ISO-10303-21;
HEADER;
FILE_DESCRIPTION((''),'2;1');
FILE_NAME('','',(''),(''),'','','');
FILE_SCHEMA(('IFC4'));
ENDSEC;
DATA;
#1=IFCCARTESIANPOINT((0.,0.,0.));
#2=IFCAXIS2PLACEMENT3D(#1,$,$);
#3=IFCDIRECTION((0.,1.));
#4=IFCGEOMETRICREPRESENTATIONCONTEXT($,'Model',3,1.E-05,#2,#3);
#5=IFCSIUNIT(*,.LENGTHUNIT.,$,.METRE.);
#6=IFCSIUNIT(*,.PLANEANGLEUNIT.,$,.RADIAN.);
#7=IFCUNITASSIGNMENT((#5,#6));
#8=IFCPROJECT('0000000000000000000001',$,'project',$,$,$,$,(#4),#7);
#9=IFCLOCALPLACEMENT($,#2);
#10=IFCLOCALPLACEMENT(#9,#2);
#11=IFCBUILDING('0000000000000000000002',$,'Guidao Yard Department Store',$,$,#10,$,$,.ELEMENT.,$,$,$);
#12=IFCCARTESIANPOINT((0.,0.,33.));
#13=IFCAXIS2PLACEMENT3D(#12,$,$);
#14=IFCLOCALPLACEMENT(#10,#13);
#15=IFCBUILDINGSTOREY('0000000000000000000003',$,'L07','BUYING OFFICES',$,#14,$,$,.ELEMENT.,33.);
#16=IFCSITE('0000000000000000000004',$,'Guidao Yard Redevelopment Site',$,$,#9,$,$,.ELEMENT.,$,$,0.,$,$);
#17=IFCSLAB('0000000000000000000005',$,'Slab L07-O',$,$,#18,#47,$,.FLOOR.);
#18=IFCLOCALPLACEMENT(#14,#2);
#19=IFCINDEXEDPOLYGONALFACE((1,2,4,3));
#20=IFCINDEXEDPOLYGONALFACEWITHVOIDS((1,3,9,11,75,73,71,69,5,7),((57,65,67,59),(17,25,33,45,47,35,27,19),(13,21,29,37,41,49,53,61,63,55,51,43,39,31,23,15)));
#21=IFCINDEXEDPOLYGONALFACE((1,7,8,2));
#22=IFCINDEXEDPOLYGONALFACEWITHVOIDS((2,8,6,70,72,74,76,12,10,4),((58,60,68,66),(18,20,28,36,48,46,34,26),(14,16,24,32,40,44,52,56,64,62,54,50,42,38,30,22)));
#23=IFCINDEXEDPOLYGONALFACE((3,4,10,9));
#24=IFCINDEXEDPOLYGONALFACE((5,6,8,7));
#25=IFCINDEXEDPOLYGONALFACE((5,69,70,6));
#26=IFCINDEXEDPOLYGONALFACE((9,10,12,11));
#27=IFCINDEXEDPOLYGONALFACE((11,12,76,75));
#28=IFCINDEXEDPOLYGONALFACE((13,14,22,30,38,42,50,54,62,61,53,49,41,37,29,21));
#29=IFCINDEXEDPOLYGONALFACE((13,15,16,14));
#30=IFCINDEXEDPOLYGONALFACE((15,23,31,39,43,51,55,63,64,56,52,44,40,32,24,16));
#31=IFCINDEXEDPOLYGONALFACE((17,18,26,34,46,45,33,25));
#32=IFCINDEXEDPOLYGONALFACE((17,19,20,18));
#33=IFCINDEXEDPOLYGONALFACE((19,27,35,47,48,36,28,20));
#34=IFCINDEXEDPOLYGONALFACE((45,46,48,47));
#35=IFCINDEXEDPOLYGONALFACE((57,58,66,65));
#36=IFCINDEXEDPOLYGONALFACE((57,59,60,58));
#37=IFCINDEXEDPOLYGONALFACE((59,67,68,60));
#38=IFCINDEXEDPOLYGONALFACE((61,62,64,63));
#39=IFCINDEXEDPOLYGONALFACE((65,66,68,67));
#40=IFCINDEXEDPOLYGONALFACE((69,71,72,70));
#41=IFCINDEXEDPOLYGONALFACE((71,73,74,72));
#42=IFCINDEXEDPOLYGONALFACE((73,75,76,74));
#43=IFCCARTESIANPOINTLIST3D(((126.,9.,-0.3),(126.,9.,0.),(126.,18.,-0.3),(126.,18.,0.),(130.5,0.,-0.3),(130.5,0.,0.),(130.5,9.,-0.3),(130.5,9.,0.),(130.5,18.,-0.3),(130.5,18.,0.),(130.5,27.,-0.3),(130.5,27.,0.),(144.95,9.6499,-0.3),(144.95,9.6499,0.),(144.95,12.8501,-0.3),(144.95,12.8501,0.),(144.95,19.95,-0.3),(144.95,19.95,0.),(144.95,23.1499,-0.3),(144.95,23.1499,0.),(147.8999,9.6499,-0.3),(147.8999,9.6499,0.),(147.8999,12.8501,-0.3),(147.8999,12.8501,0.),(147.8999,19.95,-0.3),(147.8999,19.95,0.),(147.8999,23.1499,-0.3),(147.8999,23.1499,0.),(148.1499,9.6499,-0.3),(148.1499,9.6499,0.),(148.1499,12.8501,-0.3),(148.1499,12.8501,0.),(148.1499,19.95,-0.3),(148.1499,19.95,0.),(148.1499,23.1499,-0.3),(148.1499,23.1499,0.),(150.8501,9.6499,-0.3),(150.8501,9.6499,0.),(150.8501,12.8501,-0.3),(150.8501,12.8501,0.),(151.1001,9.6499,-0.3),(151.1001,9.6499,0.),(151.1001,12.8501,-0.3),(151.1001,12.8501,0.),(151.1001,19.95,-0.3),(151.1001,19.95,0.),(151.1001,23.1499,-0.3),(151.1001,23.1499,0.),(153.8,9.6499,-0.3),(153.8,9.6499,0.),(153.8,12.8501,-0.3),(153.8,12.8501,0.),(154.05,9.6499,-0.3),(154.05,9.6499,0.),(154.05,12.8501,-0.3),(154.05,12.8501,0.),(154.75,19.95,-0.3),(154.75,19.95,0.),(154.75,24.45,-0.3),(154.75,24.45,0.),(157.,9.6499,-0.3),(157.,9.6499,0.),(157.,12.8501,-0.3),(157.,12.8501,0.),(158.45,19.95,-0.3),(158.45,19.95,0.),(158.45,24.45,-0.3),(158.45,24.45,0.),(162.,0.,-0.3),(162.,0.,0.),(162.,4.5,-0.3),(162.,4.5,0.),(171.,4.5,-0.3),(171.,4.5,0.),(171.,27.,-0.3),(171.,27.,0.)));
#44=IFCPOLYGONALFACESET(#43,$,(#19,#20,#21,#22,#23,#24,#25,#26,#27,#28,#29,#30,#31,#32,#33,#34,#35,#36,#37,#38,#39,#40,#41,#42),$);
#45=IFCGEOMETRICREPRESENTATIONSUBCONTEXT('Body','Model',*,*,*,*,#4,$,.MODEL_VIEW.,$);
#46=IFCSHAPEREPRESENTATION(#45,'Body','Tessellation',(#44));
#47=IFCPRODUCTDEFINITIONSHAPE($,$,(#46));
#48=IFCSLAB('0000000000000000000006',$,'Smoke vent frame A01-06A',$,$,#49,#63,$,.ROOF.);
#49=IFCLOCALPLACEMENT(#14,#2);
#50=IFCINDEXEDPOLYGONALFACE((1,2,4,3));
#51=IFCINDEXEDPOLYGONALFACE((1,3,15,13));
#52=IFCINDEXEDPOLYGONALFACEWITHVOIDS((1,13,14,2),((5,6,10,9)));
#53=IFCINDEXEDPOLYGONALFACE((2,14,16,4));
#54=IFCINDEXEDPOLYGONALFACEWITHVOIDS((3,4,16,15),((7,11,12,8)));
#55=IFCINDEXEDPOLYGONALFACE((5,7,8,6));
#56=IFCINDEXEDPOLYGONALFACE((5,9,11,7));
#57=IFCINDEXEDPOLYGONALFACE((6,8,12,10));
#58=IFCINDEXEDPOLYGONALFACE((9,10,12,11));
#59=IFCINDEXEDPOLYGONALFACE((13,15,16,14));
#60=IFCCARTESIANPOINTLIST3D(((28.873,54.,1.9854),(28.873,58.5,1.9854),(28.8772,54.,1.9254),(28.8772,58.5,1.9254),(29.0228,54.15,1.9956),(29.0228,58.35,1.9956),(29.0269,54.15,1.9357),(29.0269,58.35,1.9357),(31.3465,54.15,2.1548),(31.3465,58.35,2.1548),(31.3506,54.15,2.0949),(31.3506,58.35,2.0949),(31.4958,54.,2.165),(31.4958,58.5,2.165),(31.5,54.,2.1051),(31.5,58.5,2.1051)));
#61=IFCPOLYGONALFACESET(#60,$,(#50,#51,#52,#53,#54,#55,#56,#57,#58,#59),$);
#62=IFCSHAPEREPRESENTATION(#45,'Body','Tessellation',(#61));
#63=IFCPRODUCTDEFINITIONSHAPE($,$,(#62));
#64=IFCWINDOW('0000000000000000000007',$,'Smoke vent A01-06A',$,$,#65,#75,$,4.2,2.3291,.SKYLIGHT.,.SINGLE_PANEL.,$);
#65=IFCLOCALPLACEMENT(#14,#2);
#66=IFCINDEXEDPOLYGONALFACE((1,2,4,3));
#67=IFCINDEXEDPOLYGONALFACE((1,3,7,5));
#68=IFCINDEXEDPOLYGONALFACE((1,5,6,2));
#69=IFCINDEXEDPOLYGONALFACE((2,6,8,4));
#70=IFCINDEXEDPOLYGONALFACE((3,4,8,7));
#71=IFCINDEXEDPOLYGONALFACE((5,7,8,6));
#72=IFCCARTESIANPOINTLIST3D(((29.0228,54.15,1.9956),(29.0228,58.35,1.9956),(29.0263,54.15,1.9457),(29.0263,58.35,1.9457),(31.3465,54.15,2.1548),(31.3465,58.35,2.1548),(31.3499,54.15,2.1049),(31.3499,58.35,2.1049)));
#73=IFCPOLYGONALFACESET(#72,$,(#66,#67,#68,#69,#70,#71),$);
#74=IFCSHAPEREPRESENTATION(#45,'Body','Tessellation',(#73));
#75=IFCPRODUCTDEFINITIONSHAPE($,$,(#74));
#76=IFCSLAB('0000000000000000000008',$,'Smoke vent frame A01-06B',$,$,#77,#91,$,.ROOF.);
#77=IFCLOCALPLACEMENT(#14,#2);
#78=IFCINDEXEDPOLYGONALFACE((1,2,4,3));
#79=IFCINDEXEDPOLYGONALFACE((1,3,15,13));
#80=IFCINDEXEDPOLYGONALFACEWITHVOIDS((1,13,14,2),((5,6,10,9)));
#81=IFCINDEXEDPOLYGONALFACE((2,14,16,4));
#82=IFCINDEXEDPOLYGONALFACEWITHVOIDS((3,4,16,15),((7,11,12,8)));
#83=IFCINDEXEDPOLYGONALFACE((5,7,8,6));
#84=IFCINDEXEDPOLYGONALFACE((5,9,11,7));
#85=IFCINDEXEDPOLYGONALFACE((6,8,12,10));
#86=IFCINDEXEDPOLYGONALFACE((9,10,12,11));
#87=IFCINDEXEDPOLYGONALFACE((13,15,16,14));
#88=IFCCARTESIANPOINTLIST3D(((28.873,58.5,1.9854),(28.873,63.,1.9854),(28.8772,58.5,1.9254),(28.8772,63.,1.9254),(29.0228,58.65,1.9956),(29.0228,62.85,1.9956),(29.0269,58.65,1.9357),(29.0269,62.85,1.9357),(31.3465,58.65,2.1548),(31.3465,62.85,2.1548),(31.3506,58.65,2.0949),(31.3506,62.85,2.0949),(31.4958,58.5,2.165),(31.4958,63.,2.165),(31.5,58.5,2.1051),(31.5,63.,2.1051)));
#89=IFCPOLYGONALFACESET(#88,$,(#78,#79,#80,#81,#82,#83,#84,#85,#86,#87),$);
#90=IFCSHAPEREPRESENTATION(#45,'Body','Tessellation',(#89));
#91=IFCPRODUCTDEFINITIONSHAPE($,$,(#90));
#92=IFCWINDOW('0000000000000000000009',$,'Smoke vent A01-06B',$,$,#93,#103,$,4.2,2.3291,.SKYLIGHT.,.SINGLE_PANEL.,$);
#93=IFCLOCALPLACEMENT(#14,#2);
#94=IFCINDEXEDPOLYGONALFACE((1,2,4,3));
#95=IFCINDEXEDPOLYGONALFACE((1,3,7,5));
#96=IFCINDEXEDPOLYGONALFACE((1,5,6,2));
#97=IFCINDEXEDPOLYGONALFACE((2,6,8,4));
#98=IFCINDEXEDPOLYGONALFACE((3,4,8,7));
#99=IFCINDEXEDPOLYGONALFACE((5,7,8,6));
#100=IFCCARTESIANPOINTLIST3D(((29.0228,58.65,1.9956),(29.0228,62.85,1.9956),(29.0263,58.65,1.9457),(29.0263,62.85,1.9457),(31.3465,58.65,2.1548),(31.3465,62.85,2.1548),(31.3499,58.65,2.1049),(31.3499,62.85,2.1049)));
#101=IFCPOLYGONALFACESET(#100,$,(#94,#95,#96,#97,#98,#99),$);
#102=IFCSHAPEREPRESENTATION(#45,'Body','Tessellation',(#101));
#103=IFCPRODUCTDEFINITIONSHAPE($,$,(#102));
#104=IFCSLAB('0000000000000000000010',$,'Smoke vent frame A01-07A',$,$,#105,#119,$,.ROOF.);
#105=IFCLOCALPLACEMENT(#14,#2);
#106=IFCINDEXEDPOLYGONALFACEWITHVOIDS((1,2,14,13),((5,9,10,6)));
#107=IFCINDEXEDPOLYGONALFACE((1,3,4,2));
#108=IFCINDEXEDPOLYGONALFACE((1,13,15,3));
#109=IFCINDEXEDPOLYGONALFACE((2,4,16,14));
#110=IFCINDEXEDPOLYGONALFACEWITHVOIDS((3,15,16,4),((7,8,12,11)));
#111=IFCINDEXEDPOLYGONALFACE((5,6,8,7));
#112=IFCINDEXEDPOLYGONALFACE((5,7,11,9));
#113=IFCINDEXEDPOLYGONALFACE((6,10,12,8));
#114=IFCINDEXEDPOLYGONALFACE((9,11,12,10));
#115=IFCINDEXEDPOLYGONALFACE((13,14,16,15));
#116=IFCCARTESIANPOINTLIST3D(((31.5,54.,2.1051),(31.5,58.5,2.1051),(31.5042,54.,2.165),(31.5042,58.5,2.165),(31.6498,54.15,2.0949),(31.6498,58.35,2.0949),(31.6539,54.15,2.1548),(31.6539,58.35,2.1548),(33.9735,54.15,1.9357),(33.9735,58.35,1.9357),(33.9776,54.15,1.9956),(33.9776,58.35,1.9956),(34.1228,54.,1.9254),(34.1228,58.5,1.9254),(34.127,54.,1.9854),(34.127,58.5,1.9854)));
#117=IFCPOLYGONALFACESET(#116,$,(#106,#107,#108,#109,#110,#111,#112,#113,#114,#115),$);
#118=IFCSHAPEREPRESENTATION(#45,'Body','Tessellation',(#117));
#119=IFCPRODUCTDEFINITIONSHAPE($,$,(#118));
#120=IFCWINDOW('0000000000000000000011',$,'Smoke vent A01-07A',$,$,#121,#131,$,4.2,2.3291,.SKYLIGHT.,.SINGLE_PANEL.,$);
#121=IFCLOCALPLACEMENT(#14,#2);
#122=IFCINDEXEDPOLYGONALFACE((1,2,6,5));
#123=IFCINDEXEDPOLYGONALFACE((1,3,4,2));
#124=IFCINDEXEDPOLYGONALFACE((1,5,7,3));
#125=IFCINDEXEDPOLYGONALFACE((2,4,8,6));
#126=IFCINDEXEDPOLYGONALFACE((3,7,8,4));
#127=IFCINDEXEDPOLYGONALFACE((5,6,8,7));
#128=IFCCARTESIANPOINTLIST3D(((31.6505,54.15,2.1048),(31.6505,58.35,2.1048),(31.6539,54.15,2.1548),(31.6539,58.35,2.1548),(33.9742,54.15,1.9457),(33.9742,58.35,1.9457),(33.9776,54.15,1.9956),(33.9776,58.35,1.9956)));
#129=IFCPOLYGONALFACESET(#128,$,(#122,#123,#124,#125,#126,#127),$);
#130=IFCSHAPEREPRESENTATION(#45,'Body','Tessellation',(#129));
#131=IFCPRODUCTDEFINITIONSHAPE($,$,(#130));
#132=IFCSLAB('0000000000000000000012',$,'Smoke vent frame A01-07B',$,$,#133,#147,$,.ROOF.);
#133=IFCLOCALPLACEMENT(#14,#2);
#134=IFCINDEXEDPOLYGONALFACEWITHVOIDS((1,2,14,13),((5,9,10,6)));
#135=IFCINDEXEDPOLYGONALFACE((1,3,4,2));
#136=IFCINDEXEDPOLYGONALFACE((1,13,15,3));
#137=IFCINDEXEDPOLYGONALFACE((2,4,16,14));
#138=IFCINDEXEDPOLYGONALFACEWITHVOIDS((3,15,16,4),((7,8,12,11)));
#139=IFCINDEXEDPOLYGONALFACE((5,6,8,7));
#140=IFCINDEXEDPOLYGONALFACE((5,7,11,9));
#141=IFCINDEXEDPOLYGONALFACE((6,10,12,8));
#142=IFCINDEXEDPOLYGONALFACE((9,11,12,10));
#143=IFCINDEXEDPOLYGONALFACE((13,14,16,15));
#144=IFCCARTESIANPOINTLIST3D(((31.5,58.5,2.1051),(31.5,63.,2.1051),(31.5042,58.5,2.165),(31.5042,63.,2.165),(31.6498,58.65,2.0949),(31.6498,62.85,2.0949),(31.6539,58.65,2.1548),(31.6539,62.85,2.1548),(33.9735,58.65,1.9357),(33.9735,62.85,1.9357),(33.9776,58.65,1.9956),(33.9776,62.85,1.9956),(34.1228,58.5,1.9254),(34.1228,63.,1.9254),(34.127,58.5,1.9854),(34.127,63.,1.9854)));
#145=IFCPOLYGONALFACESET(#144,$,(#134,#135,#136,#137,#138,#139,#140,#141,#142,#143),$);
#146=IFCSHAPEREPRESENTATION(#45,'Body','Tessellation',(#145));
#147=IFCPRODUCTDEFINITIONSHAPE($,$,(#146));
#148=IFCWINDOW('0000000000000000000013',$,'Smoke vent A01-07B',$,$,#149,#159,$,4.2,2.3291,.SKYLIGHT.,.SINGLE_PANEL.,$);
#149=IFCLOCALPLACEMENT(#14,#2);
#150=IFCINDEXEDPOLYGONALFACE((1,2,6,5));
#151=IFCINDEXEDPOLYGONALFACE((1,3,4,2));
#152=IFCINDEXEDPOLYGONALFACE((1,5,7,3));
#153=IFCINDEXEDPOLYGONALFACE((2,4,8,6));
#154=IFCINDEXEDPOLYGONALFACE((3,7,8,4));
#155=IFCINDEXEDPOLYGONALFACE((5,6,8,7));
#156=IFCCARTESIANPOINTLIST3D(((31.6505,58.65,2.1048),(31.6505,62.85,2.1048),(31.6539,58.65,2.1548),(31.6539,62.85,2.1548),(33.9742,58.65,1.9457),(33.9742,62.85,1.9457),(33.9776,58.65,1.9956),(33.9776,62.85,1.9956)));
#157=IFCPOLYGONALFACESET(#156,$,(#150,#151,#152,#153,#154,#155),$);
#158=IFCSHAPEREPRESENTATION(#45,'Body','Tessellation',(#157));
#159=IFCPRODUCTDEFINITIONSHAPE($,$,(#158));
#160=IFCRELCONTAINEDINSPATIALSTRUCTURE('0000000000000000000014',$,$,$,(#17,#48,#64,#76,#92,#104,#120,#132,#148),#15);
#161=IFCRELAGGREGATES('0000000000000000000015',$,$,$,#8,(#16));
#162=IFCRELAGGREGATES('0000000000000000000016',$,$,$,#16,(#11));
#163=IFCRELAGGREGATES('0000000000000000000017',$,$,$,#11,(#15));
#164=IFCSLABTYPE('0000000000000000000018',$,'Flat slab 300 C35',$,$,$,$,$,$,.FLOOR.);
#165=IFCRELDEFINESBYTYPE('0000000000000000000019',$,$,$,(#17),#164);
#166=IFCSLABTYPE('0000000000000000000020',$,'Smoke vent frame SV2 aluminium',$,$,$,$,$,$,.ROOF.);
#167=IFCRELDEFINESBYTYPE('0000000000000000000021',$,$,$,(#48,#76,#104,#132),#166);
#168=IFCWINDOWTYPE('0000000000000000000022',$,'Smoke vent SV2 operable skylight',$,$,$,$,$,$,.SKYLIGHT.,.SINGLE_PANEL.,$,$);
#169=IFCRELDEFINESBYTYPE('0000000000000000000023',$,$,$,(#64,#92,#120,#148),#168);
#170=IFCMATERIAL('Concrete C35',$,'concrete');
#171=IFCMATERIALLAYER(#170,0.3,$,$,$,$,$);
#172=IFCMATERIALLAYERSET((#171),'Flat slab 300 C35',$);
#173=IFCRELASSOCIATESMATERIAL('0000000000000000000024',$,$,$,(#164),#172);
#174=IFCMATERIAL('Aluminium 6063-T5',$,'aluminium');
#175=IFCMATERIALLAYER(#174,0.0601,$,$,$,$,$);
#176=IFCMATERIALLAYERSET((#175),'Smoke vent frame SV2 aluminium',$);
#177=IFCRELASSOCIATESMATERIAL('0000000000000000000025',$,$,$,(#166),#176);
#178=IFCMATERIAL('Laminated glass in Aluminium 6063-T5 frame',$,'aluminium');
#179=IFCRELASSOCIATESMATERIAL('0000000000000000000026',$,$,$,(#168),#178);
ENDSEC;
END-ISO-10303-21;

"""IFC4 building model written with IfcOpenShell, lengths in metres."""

from ifc_helpers import new_model, si_unit, direction, frame, origin, origin_2d, place, context, subcontext, project, spatial, polyline, rectangle, outline, extrude, material, layer, layer_set, type_object, element, fill, save


model = new_model("IFC4")

# Units and contexts
model_context = context("Model", 3, precision=1e-05, world=origin(), true_north=direction((0.0, 1.0)))
body_context = subcontext(model_context, "Body", "Model", "MODEL_VIEW")
ifc_project = project(units=[si_unit("LENGTHUNIT", "METRE"), si_unit("PLANEANGLEUNIT", "RADIAN")], contexts=[model_context])

# Site, building, storey
site_placement = place(None, origin())
site = spatial("IfcSite", under=ifc_project, at=site_placement, Name="Guidao Yard Redevelopment Site", CompositionType="ELEMENT", RefElevation=0.0)
building_placement = place(site_placement, origin())
building = spatial("IfcBuilding", under=site, at=building_placement, Name="Guidao Yard Department Store", CompositionType="ELEMENT")
storey_placement = place(building_placement, frame((0.0, 0.0, 33.0)))
storey = spatial("IfcBuildingStorey", under=building, at=storey_placement, Name="L07", Description="BUYING OFFICES", CompositionType="ELEMENT", Elevation=33.0)

# Slab
ifc_material_1 = material(Name="Concrete C35", Category="concrete")
ifc_layer_1 = layer(ifc_material_1, 0.3)
ifc_layer_set_1 = layer_set([ifc_layer_1], Name="Flat slab 300 C35")
slab_type_1 = type_object("IfcSlabType", Name="Flat slab 300 C35", PredefinedType="FLOOR", material=ifc_layer_set_1)
slab_1_placement = place(storey_placement, frame((0.0, 0.0, -0.3)))
element("IfcSlab", 1, at=slab_1_placement, inside=storey, type_object=slab_type_1, Name="Slab L07-O", PredefinedType="FLOOR", context=body_context, shape_type="SweptSolid", body=[
    extrude(outline(polyline([(171.0, 4.5), (162.0, 4.5), (162.0, 0.0), (130.5, 0.0), (130.5, 9.0), (126.0, 9.0), (126.0, 18.0), (130.5, 18.0), (130.5, 27.0), (171.0, 27.0), (171.0, 4.5)]), holes=[polyline([(150.8501, 12.8501), (148.1499, 12.8501), (147.8999, 12.8501), (144.95, 12.8501), (144.95, 9.6499), (147.8999, 9.6499), (148.1499, 9.6499), (150.8501, 9.6499), (151.1001, 9.6499), (153.8, 9.6499), (154.05, 9.6499), (157.0, 9.6499), (157.0, 12.8501), (154.05, 12.8501), (153.8, 12.8501), (151.1001, 12.8501), (150.8501, 12.8501)]), polyline([(147.8999, 23.1499), (144.95, 23.1499), (144.95, 19.95), (147.8999, 19.95), (148.1499, 19.95), (151.1001, 19.95), (151.1001, 23.1499), (148.1499, 23.1499), (147.8999, 23.1499)]), polyline([(158.45, 19.95), (158.45, 24.45), (154.75, 24.45), (154.75, 19.95), (158.45, 19.95)])]), origin(), (0.0, 0.0, 1.0), 0.3),
])

# Slabs, openings, windows
ifc_material_2 = material(Name="Aluminium 6063-T5", Category="aluminium")
ifc_layer_2 = layer(ifc_material_2, 0.0601)
ifc_layer_set_2 = layer_set([ifc_layer_2], Name="Smoke vent frame SV2 aluminium")
slab_type_2 = type_object("IfcSlabType", Name="Smoke vent frame SV2 aluminium", PredefinedType="ROOF", material=ifc_layer_set_2)
slab_2_placement = place(storey_placement, frame((28.873, 54.0, 1.9854), z_axis=(-0.06835, 0.0, 0.997661), x_axis=(0.997661, 0.0, 0.06835)))
slab_2 = element("IfcSlab", 2, at=slab_2_placement, inside=storey, type_object=slab_type_2, Name="Smoke vent frame A01-06A", PredefinedType="ROOF", context=body_context, shape_type="SweptSolid", body=[
    extrude(outline(polyline([(0.0, 0.0), (2.629, 0.0), (2.629, 4.5), (0.0, 4.5), (0.0, 0.0)])), origin(), (0.0, 0.0, -1.0), 0.0601),
])
opening_1_placement = place(slab_2_placement, frame((1.3147, 2.25, 0.0)))
opening_1 = element("IfcOpeningElement", 3, at=opening_1_placement, cuts=slab_2, PredefinedType="OPENING", context=body_context, shape_type="SweptSolid", body=[
    extrude(rectangle(XDim=2.3291, YDim=4.2, at=origin_2d()), frame((0.0, 0.0, 0.01)), (0.0, 0.0, -1.0), 0.0801),
])
ifc_material_3 = material(Name="Laminated glass in Aluminium 6063-T5 frame", Category="aluminium")
window_type = type_object("IfcWindowType", Name="Smoke vent SV2 operable skylight", PartitioningType="SINGLE_PANEL", PredefinedType="SKYLIGHT", material=ifc_material_3)
window_1_placement = place(opening_1_placement, frame((0.0, 0.0, -0.05)))
window_1 = element("IfcWindow", 4, at=window_1_placement, inside=storey, type_object=window_type, Name="Smoke vent A01-06A", OverallHeight=4.2, OverallWidth=2.3291, PartitioningType="SINGLE_PANEL", PredefinedType="SKYLIGHT", context=body_context, shape_type="SweptSolid", body=[
    extrude(rectangle(XDim=2.3291, YDim=4.2, at=origin_2d()), origin(), (0.0, 0.0, 1.0), 0.05),
])
fill(opening_1, window_1)
slab_3_placement = place(storey_placement, frame((28.873, 58.5, 1.9854), z_axis=(-0.06835, 0.0, 0.997661), x_axis=(0.997661, 0.0, 0.06835)))
slab_3 = element("IfcSlab", 5, at=slab_3_placement, inside=storey, type_object=slab_type_2, Name="Smoke vent frame A01-06B", PredefinedType="ROOF", context=body_context, shape_type="SweptSolid", body=[
    extrude(outline(polyline([(0.0, 0.0), (2.629, 0.0), (2.629, 4.5), (0.0, 4.5), (0.0, 0.0)])), origin(), (0.0, 0.0, -1.0), 0.0601),
])
opening_2_placement = place(slab_3_placement, frame((1.3147, 2.25, 0.0)))
opening_2 = element("IfcOpeningElement", 6, at=opening_2_placement, cuts=slab_3, PredefinedType="OPENING", context=body_context, shape_type="SweptSolid", body=[
    extrude(rectangle(XDim=2.3291, YDim=4.2, at=origin_2d()), frame((0.0, 0.0, 0.01)), (0.0, 0.0, -1.0), 0.0801),
])
window_2_placement = place(opening_2_placement, frame((0.0, 0.0, -0.05)))
window_2 = element("IfcWindow", 7, at=window_2_placement, inside=storey, type_object=window_type, Name="Smoke vent A01-06B", OverallHeight=4.2, OverallWidth=2.3291, PartitioningType="SINGLE_PANEL", PredefinedType="SKYLIGHT", context=body_context, shape_type="SweptSolid", body=[
    extrude(rectangle(XDim=2.3291, YDim=4.2, at=origin_2d()), origin(), (0.0, 0.0, 1.0), 0.05),
])
fill(opening_2, window_2)
slab_4_placement = place(storey_placement, frame((31.5042, 54.0, 2.165), z_axis=(0.06835, 0.0, 0.997661), x_axis=(0.997661, 0.0, -0.06835)))
slab_4 = element("IfcSlab", 8, at=slab_4_placement, inside=storey, type_object=slab_type_2, Name="Smoke vent frame A01-07A", PredefinedType="ROOF", context=body_context, shape_type="SweptSolid", body=[
    extrude(outline(polyline([(0.0, 0.0), (2.629, 0.0), (2.629, 4.5), (0.0, 4.5), (0.0, 0.0)])), origin(), (0.0, 0.0, -1.0), 0.0601),
])
opening_3_placement = place(slab_4_placement, frame((1.3147, 2.25, 0.0)))
opening_3 = element("IfcOpeningElement", 9, at=opening_3_placement, cuts=slab_4, PredefinedType="OPENING", context=body_context, shape_type="SweptSolid", body=[
    extrude(rectangle(XDim=2.3291, YDim=4.2, at=origin_2d()), frame((0.0, 0.0, 0.01)), (0.0, 0.0, -1.0), 0.0801),
])
window_3_placement = place(opening_3_placement, frame((0.0, 0.0, -0.05)))
window_3 = element("IfcWindow", 10, at=window_3_placement, inside=storey, type_object=window_type, Name="Smoke vent A01-07A", OverallHeight=4.2, OverallWidth=2.3291, PartitioningType="SINGLE_PANEL", PredefinedType="SKYLIGHT", context=body_context, shape_type="SweptSolid", body=[
    extrude(rectangle(XDim=2.3291, YDim=4.2, at=origin_2d()), origin(), (0.0, 0.0, 1.0), 0.05),
])
fill(opening_3, window_3)
slab_5_placement = place(storey_placement, frame((31.5042, 58.5, 2.165), z_axis=(0.06835, 0.0, 0.997661), x_axis=(0.997661, 0.0, -0.06835)))
slab_5 = element("IfcSlab", 11, at=slab_5_placement, inside=storey, type_object=slab_type_2, Name="Smoke vent frame A01-07B", PredefinedType="ROOF", context=body_context, shape_type="SweptSolid", body=[
    extrude(outline(polyline([(0.0, 0.0), (2.629, 0.0), (2.629, 4.5), (0.0, 4.5), (0.0, 0.0)])), origin(), (0.0, 0.0, -1.0), 0.0601),
])
opening_4_placement = place(slab_5_placement, frame((1.3147, 2.25, 0.0)))
opening_4 = element("IfcOpeningElement", 12, at=opening_4_placement, cuts=slab_5, PredefinedType="OPENING", context=body_context, shape_type="SweptSolid", body=[
    extrude(rectangle(XDim=2.3291, YDim=4.2, at=origin_2d()), frame((0.0, 0.0, 0.01)), (0.0, 0.0, -1.0), 0.0801),
])
window_4_placement = place(opening_4_placement, frame((0.0, 0.0, -0.05)))
window_4 = element("IfcWindow", 13, at=window_4_placement, inside=storey, type_object=window_type, Name="Smoke vent A01-07B", OverallHeight=4.2, OverallWidth=2.3291, PartitioningType="SINGLE_PANEL", PredefinedType="SKYLIGHT", context=body_context, shape_type="SweptSolid", body=[
    extrude(rectangle(XDim=2.3291, YDim=4.2, at=origin_2d()), origin(), (0.0, 0.0, 1.0), 0.05),
])
fill(opening_4, window_4)

save(model, "model.ifc")
